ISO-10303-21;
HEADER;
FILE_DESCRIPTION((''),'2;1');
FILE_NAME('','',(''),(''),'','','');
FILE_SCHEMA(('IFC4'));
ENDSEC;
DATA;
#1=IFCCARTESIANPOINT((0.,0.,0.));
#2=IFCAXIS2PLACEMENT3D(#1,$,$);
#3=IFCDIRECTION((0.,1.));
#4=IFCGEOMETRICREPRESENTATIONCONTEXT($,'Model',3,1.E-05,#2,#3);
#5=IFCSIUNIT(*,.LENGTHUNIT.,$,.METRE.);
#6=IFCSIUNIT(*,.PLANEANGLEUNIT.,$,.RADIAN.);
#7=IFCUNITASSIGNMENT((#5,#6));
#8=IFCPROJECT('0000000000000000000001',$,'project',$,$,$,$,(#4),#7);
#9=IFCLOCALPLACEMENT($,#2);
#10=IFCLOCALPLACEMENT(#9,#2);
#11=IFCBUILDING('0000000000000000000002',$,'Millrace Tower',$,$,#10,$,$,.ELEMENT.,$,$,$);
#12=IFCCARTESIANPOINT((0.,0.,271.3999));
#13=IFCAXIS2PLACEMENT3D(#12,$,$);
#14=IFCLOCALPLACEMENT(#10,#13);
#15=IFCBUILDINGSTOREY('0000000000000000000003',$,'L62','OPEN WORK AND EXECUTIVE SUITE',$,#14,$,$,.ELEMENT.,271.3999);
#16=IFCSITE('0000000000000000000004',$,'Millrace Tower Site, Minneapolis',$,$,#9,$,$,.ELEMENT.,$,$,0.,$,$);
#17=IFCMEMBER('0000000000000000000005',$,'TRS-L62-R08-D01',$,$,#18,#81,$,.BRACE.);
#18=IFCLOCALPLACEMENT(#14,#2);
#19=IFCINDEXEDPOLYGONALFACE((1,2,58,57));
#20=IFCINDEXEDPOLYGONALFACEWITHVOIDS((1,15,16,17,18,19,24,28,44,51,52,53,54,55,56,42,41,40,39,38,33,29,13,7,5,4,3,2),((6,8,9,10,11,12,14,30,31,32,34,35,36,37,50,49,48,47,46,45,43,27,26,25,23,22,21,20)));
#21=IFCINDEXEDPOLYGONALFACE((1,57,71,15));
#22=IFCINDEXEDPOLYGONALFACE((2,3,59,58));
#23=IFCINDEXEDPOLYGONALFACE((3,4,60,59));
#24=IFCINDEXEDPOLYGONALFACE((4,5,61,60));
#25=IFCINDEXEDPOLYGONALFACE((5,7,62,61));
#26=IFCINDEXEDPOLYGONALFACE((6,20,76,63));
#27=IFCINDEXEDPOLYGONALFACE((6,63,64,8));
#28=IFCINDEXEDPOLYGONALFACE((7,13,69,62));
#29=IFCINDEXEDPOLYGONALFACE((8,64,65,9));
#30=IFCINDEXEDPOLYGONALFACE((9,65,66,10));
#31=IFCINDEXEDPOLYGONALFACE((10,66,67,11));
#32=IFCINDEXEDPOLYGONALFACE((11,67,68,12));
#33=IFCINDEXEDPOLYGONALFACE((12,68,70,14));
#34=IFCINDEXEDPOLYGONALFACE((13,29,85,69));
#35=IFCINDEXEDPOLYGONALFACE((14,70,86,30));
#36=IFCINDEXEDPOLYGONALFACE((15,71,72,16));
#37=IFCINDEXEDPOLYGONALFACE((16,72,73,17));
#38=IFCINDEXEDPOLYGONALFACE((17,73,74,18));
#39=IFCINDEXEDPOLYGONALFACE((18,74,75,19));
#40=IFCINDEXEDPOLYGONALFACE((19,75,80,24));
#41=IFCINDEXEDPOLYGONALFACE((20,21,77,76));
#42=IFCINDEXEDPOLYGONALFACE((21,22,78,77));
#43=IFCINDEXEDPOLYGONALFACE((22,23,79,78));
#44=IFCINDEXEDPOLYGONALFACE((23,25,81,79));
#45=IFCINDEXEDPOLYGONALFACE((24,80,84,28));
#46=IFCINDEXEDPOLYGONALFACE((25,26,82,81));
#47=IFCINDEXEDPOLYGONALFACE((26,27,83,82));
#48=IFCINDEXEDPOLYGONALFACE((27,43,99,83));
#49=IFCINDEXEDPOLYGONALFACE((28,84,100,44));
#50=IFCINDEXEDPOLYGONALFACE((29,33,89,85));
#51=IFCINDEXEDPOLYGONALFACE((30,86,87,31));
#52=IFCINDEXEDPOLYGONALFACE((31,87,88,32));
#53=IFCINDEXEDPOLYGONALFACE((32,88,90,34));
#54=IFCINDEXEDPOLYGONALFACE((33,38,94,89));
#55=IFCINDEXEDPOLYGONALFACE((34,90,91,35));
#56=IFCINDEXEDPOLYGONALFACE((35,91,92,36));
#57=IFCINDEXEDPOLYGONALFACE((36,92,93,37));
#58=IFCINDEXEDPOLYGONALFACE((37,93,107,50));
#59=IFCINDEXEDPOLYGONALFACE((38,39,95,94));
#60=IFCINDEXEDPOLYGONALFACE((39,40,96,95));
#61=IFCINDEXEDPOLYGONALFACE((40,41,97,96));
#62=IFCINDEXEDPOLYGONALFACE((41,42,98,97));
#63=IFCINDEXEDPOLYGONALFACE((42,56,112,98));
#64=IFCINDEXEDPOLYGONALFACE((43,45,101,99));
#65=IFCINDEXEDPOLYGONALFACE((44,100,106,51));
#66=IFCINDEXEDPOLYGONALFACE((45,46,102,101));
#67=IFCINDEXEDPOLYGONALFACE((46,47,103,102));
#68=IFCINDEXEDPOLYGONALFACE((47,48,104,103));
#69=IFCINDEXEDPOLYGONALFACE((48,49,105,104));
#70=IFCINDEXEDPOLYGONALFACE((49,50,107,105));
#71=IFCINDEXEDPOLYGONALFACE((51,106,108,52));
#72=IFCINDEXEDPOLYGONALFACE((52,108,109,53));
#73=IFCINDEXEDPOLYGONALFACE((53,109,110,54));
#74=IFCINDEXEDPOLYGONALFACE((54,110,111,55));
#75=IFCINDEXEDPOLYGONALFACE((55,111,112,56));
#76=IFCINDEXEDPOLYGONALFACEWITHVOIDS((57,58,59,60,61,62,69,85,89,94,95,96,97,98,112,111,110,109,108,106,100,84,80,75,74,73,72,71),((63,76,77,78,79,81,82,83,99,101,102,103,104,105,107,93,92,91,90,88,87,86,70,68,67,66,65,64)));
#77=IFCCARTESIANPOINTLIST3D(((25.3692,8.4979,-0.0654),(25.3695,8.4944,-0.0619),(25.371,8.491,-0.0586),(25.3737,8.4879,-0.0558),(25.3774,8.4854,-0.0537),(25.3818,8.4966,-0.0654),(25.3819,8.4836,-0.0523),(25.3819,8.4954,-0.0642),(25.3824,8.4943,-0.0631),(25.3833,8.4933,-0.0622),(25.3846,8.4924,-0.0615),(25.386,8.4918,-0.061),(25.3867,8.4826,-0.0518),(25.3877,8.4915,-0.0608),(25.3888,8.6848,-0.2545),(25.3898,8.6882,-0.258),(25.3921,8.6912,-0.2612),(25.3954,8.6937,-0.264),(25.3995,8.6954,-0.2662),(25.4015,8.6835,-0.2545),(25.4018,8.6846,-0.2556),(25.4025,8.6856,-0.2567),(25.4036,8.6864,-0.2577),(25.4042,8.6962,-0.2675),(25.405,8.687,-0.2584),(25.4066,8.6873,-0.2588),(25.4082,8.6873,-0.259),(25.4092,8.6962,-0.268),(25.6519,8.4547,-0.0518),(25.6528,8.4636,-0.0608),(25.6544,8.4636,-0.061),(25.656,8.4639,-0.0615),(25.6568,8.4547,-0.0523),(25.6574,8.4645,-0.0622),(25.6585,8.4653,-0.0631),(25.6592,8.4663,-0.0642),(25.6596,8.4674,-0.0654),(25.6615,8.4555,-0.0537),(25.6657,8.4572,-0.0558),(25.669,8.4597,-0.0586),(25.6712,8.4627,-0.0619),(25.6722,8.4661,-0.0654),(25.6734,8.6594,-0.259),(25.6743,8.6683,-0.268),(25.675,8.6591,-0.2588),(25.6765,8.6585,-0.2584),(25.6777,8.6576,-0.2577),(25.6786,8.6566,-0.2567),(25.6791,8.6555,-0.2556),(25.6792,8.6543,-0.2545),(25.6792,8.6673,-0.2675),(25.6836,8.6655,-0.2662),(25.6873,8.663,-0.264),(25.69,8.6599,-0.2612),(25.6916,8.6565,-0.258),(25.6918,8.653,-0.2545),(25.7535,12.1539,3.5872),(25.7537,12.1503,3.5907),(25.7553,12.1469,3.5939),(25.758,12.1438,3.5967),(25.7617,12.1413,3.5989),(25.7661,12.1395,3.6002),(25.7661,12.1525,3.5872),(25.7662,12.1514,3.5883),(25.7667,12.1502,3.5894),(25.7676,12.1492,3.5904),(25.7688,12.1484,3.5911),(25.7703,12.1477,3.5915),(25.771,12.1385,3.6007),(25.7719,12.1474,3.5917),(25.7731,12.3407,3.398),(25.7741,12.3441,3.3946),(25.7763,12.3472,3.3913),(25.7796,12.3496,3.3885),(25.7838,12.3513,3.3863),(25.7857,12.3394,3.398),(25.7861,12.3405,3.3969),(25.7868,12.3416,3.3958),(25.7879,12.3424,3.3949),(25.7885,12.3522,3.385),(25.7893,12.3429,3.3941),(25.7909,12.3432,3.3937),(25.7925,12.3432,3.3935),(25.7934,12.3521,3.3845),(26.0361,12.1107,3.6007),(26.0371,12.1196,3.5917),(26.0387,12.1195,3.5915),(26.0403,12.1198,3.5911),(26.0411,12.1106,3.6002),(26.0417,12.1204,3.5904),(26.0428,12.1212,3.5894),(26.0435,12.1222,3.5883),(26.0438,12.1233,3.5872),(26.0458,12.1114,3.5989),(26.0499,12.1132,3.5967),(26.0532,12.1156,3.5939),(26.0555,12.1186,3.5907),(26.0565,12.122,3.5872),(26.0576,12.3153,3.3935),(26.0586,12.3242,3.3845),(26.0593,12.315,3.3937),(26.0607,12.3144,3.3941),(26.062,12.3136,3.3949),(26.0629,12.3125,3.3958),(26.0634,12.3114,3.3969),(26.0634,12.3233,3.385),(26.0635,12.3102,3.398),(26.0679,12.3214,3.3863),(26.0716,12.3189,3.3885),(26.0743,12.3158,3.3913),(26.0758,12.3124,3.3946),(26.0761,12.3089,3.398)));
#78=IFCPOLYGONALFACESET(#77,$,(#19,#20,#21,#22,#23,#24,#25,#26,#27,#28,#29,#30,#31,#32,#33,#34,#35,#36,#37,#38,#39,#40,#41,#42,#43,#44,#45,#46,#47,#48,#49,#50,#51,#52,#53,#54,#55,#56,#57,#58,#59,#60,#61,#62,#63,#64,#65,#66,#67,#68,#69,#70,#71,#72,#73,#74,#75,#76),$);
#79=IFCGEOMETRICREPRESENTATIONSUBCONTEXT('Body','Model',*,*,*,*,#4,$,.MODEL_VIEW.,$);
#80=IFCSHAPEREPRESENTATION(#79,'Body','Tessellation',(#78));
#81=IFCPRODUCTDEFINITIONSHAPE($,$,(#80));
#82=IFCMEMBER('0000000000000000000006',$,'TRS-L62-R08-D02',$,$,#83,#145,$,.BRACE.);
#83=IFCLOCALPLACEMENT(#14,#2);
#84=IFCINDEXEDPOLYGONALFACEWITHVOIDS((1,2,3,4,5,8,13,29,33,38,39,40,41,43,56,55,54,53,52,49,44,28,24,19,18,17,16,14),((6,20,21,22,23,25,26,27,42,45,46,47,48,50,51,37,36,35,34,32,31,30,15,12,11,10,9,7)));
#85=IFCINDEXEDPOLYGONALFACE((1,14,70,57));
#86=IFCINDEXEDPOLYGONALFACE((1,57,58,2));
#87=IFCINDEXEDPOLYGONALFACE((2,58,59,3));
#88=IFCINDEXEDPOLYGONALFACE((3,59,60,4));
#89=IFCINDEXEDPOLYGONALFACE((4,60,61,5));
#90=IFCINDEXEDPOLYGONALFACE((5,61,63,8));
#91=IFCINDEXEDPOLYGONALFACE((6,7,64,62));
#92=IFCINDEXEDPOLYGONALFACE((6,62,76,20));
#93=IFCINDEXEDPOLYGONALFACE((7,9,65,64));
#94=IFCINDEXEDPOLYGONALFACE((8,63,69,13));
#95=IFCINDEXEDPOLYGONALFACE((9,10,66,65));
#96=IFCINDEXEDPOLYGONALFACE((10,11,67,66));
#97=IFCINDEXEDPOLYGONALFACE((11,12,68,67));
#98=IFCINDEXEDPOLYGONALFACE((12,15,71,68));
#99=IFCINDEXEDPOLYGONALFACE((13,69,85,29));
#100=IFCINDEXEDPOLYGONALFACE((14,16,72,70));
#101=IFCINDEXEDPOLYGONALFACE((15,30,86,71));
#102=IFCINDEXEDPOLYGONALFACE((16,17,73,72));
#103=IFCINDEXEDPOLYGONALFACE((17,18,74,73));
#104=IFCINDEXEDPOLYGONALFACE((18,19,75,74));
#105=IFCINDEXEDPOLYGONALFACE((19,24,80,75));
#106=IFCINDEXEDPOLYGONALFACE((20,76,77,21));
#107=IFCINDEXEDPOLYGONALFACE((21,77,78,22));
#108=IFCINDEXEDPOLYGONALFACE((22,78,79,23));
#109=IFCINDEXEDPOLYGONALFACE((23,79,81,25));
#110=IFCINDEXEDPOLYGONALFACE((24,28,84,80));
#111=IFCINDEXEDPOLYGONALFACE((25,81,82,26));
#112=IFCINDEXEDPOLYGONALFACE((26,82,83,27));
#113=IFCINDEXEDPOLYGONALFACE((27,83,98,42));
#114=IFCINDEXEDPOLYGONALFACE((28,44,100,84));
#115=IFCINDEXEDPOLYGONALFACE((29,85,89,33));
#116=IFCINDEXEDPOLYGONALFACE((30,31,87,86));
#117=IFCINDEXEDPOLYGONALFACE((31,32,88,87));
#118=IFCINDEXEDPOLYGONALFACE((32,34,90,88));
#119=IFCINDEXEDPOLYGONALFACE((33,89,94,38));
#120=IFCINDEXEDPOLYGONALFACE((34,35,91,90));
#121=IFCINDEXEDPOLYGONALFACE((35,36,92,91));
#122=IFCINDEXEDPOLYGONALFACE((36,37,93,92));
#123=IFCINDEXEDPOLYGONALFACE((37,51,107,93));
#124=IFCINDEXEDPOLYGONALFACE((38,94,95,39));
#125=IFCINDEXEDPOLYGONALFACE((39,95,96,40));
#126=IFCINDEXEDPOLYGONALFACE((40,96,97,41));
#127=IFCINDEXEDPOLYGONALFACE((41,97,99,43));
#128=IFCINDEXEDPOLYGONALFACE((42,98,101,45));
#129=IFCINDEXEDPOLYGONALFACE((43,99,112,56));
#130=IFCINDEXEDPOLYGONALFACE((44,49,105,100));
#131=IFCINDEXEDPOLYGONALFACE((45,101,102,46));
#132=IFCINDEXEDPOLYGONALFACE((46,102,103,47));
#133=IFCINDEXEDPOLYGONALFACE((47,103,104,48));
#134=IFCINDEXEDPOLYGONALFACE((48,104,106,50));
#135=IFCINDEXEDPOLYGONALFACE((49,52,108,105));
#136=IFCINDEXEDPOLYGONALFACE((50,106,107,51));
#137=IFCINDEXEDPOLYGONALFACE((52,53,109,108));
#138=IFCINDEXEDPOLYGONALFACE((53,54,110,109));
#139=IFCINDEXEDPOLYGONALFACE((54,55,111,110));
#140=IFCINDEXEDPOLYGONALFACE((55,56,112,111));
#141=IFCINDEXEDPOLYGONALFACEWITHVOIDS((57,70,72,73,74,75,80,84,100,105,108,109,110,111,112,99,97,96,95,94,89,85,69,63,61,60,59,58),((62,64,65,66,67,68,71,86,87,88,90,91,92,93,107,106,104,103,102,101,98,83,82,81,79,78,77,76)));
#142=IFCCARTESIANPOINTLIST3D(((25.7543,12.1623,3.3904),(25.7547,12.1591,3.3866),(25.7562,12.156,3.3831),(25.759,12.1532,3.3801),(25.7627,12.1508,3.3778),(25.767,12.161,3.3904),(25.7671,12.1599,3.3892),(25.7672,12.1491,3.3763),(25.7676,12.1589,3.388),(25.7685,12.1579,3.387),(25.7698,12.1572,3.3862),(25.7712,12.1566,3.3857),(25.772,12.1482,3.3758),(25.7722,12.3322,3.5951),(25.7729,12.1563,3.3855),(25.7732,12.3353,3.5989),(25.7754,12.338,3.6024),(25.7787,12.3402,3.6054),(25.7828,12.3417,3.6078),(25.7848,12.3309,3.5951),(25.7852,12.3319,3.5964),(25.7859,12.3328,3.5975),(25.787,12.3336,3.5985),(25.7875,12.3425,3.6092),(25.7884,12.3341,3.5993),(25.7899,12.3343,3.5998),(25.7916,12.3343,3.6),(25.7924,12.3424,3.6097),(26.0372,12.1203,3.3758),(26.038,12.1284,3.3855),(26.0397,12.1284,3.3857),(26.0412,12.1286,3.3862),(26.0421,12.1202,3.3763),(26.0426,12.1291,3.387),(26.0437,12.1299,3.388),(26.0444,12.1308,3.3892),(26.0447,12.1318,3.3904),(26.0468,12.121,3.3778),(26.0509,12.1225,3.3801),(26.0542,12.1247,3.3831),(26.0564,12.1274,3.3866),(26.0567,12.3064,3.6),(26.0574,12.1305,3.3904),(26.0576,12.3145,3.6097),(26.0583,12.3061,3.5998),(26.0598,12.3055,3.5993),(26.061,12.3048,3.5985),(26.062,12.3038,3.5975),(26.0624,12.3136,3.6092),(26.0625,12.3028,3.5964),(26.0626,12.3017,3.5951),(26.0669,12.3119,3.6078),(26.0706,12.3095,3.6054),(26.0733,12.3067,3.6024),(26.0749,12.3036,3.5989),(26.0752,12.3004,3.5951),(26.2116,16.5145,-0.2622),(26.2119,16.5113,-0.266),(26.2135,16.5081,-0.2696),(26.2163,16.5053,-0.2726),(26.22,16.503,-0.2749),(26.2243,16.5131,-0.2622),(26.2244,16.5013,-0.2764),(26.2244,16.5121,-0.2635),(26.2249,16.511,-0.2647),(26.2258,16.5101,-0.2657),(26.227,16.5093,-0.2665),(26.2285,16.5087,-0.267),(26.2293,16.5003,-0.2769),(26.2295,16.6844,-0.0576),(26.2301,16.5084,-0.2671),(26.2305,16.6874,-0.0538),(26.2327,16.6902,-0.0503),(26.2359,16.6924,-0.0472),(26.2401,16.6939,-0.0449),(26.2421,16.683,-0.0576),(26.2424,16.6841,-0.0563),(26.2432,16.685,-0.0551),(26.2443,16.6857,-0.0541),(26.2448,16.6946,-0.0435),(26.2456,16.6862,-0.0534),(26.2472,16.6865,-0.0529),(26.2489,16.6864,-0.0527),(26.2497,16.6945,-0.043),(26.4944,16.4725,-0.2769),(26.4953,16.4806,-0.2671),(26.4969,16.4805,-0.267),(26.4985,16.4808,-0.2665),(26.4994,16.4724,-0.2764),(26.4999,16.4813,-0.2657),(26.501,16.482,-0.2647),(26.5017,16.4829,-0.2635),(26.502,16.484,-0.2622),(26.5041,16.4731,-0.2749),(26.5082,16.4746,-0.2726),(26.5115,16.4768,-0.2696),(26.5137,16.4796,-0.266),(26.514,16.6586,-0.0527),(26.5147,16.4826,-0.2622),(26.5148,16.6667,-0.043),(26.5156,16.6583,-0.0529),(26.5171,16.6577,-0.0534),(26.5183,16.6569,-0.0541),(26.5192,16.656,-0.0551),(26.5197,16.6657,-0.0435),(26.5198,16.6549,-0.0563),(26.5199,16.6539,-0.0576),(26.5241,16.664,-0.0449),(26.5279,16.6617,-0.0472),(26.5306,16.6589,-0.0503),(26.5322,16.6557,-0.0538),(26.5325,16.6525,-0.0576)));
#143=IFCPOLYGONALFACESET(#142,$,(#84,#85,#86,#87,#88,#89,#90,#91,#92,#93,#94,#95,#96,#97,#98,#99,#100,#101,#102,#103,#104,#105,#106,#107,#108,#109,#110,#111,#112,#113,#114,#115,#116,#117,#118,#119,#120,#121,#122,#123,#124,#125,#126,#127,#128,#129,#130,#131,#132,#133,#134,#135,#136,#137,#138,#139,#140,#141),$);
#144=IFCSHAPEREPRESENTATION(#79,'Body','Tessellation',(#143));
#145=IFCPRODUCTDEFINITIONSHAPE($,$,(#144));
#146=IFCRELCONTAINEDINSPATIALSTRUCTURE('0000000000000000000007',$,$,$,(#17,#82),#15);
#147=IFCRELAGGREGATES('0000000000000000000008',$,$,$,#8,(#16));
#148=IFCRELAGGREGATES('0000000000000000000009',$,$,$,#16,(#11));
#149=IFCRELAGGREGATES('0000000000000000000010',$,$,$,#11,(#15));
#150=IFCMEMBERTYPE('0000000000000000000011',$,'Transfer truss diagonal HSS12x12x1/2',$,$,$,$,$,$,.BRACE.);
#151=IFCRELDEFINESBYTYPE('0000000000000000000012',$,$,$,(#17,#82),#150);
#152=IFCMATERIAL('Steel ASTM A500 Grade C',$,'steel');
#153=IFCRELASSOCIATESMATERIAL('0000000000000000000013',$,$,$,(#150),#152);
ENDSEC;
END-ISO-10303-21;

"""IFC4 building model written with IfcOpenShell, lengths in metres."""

from ifc_helpers import new_model, si_unit, direction, frame, origin, origin_2d, place, context, subcontext, project, spatial, hollow_rectangle, extrude, material, material_profile, profile_set, type_object, element, save


model = new_model("IFC4")

# Units and contexts
model_context = context("Model", 3, precision=1e-05, world=origin(), true_north=direction((0.0, 1.0)))
body_context = subcontext(model_context, "Body", "Model", "MODEL_VIEW")
ifc_project = project(units=[si_unit("LENGTHUNIT", "METRE"), si_unit("PLANEANGLEUNIT", "RADIAN")], contexts=[model_context])

# Site, building, storey
site_placement = place(None, origin())
site = spatial("IfcSite", under=ifc_project, at=site_placement, Name="Millrace Tower Site, Minneapolis", CompositionType="ELEMENT", RefElevation=0.0)
building_placement = place(site_placement, origin())
building = spatial("IfcBuilding", under=site, at=building_placement, Name="Millrace Tower", CompositionType="ELEMENT")
storey_placement = place(building_placement, frame((0.0, 0.0, 271.3999)))
storey = spatial("IfcBuildingStorey", under=building, at=storey_placement, Name="L62", Description="OPEN WORK AND EXECUTIVE SUITE", CompositionType="ELEMENT", Elevation=271.3999)

# Members
ifc_material_1 = material(Name="Steel ASTM A500 Grade C", Category="steel")
ifc_material_profile_1 = material_profile(ifc_material_1, hollow_rectangle(XDim=0.3047, YDim=0.3047, WallThickness=0.0127, InnerFilletRadius=0.0063, OuterFilletRadius=0.019, at=origin_2d()))
ifc_profile_set_1 = profile_set([ifc_material_profile_1], Name="Steel ASTM A500 Grade C")
member_type_1 = type_object("IfcMemberType", Name="Transfer truss diagonal HSS12x12x1/2", PredefinedType="BRACE", material=ifc_profile_set_1)
member_1_placement = place(storey_placement, frame((25.5305, 8.5754, -0.1599), z_axis=(0.074153, 0.70549, 0.70483), x_axis=(-0.994521, 0.104533, 0.0)))
element("IfcMember", 1, at=member_1_placement, inside=storey, type_object=member_type_1, Name="TRS-L62-R08-D01", PredefinedType="BRACE", context=body_context, shape_type="SweptSolid", body=[
    extrude(hollow_rectangle(XDim=0.3047, YDim=0.3047, WallThickness=0.0127, InnerFilletRadius=0.0063, OuterFilletRadius=0.019, at=origin_2d()), origin(), (0.0, 0.0, 1.0), 5.1821),
])
member_2_placement = place(storey_placement, frame((26.3721, 16.5835, -0.1599), z_axis=(-0.080223, -0.763508, 0.640797), x_axis=(0.994525, -0.104496, 0.0)))
element("IfcMember", 2, at=member_2_placement, inside=storey, type_object=member_type_1, Name="TRS-L62-R08-D02", PredefinedType="BRACE", context=body_context, shape_type="SweptSolid", body=[
    extrude(hollow_rectangle(XDim=0.3047, YDim=0.3047, WallThickness=0.0127, InnerFilletRadius=0.0063, OuterFilletRadius=0.019, at=origin_2d()), origin(), (0.0, 0.0, 1.0), 5.7002),
])

save(model, "model.ifc")
